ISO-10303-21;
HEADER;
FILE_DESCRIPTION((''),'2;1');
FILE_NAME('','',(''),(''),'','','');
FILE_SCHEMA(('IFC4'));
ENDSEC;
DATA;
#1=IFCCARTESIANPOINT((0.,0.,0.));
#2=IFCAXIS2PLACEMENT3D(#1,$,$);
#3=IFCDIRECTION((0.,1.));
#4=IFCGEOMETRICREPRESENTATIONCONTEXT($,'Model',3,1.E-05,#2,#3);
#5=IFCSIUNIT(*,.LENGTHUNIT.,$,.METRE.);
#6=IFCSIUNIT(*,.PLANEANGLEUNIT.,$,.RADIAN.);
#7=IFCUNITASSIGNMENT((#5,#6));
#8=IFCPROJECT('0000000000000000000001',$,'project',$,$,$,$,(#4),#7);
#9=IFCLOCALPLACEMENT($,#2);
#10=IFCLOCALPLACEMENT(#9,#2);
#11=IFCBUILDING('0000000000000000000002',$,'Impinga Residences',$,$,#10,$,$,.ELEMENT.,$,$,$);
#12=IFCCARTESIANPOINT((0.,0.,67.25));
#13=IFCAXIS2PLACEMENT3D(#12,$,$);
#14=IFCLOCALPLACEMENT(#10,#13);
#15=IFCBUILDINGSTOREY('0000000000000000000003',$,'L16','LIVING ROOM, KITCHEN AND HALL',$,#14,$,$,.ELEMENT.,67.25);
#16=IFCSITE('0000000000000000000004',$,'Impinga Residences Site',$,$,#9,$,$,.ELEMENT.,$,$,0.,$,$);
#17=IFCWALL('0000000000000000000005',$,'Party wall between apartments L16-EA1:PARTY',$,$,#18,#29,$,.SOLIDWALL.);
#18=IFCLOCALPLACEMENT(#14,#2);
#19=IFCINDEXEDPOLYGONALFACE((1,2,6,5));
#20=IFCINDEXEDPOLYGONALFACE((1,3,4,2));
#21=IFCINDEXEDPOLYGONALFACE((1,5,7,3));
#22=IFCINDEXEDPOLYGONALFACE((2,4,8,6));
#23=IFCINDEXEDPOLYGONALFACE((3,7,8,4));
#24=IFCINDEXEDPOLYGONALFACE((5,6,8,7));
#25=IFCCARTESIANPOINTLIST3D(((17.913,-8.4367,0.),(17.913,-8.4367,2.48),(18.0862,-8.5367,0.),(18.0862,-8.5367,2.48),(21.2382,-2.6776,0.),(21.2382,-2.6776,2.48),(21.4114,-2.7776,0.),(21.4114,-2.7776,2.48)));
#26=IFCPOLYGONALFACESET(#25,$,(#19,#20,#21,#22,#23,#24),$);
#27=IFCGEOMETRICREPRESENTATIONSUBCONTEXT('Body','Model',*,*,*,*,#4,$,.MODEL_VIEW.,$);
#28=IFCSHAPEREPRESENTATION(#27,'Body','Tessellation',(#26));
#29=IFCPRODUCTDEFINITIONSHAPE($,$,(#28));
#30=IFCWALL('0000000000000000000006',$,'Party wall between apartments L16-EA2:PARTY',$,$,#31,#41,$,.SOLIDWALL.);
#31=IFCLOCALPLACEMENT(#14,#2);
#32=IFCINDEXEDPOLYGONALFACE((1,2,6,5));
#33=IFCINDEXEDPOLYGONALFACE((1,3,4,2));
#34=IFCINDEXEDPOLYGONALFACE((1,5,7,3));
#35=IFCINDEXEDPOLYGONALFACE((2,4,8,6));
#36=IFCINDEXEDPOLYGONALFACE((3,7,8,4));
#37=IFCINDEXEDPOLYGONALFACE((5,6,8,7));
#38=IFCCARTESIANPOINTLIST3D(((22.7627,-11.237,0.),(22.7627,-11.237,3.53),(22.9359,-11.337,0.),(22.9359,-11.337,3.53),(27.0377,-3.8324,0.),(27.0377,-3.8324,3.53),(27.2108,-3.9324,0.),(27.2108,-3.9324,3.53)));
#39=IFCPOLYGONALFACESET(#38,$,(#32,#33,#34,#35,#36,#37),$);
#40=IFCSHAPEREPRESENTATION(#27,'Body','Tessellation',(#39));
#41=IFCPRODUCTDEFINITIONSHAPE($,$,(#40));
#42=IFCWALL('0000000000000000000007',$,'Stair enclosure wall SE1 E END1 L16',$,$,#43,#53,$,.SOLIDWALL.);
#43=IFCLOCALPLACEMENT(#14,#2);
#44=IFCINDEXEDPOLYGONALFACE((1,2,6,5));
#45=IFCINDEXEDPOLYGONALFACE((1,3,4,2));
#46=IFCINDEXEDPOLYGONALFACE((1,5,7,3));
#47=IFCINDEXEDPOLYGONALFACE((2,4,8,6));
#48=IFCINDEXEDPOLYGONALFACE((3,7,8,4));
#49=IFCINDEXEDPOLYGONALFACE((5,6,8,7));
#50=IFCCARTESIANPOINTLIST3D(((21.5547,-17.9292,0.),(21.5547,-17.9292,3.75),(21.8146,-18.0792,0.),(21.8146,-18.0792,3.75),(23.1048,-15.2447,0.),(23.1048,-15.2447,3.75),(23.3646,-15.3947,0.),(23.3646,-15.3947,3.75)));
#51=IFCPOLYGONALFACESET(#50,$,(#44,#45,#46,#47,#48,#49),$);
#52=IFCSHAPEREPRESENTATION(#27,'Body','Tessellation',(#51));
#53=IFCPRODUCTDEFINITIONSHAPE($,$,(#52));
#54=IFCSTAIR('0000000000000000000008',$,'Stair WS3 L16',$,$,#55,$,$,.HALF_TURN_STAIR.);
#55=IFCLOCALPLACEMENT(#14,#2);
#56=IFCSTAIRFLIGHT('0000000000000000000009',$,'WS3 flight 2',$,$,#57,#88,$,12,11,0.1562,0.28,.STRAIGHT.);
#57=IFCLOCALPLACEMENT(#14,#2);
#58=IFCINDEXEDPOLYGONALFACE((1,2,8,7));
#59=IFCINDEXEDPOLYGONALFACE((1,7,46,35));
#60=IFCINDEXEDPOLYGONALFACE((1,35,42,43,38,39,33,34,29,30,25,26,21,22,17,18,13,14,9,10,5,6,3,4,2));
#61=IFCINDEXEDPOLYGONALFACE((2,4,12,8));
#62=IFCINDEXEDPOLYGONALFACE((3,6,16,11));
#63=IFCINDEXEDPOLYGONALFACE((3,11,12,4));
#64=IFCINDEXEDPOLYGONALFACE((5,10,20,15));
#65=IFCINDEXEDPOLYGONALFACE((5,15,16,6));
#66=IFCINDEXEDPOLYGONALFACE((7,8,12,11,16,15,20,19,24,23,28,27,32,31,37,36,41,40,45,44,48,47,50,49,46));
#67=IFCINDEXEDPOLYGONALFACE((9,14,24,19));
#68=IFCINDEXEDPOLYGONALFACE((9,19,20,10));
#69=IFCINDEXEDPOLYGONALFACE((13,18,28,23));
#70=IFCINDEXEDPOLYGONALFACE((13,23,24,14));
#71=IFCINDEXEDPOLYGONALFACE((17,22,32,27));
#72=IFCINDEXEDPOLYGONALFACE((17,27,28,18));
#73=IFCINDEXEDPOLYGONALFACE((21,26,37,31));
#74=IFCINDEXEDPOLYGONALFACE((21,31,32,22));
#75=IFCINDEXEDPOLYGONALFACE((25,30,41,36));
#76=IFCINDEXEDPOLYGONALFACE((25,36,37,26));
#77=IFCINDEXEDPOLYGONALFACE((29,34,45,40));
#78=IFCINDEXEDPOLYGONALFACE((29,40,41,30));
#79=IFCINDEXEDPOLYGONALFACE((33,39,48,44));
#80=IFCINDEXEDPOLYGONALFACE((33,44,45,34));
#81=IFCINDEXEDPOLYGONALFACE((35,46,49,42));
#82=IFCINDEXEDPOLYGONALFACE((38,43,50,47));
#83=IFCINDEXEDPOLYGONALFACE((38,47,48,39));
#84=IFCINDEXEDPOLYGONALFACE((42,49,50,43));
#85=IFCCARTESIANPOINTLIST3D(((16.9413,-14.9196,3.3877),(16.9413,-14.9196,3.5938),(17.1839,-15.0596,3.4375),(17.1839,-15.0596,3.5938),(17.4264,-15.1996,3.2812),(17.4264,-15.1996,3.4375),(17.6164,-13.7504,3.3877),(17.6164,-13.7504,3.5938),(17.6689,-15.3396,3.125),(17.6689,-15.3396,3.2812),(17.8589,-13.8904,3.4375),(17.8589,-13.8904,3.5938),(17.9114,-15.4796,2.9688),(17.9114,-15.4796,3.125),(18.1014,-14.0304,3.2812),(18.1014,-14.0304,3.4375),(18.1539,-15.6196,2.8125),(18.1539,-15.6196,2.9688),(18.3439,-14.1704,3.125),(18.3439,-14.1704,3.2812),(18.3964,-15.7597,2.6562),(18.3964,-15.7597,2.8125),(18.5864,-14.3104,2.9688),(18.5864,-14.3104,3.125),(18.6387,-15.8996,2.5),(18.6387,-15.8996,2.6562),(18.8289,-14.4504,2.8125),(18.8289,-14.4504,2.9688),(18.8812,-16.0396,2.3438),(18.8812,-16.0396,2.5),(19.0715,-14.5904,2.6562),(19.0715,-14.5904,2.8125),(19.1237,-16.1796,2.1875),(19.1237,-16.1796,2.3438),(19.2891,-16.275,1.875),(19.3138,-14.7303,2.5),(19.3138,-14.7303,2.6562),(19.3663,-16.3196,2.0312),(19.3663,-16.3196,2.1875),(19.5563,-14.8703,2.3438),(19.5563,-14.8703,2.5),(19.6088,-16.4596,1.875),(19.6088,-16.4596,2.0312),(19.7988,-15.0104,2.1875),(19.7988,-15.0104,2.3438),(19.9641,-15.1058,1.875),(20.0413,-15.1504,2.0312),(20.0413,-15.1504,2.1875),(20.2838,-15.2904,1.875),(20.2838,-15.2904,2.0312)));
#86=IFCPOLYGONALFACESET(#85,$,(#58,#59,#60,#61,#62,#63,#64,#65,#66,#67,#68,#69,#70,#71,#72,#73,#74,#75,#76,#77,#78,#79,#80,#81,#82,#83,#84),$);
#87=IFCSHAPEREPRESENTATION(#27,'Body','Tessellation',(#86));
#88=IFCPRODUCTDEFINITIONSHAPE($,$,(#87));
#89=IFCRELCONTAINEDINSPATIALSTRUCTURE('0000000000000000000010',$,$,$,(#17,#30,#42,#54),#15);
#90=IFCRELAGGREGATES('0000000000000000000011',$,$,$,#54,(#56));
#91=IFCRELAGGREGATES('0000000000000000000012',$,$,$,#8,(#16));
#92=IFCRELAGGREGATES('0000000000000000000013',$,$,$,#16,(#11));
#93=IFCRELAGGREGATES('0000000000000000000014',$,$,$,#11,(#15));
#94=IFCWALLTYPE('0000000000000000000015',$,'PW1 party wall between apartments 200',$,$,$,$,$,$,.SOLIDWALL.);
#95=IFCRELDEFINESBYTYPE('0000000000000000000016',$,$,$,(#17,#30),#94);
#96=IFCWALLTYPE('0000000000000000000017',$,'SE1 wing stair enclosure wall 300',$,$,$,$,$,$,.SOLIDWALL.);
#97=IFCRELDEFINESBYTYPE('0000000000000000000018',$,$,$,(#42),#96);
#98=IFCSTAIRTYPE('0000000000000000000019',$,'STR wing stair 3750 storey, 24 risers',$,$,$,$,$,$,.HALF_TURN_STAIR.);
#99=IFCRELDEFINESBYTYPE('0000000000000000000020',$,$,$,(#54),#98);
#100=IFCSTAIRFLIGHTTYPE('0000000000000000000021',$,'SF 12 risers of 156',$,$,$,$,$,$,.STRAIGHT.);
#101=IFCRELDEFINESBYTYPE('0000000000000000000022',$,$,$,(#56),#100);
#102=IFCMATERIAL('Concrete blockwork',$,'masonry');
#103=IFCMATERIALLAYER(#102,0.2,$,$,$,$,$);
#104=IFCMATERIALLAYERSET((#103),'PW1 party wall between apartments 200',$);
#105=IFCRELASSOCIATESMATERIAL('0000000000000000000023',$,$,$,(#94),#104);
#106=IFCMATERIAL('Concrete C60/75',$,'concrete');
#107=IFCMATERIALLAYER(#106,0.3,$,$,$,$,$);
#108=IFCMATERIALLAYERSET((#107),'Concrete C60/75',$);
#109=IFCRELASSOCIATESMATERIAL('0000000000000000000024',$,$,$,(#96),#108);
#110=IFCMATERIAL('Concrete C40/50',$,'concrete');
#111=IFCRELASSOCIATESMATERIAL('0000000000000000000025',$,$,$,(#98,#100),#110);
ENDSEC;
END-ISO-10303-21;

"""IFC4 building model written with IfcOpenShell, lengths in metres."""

from ifc_helpers import new_model, si_unit, direction, frame, frame_2d, origin, place, context, subcontext, project, spatial, polyline, rectangle, outline, extrude, material, layer, layer_set, type_object, element, aggregate, save


model = new_model("IFC4")

# Units and contexts
model_context = context("Model", 3, precision=1e-05, world=origin(), true_north=direction((0.0, 1.0)))
body_context = subcontext(model_context, "Body", "Model", "MODEL_VIEW")
ifc_project = project(units=[si_unit("LENGTHUNIT", "METRE"), si_unit("PLANEANGLEUNIT", "RADIAN")], contexts=[model_context])

# Site, building, storey
site_placement = place(None, origin())
site = spatial("IfcSite", under=ifc_project, at=site_placement, Name="Impinga Residences Site", CompositionType="ELEMENT", RefElevation=0.0)
building_placement = place(site_placement, origin())
building = spatial("IfcBuilding", under=site, at=building_placement, Name="Impinga Residences", CompositionType="ELEMENT")
storey_placement = place(building_placement, frame((0.0, 0.0, 67.25)))
storey = spatial("IfcBuildingStorey", under=building, at=storey_placement, Name="L16", Description="LIVING ROOM, KITCHEN AND HALL", CompositionType="ELEMENT", Elevation=67.25)

# Shared definitions
ifc_material_1 = material(Name="Concrete C60/75", Category="concrete")

# Walls
ifc_material_2 = material(Name="Concrete blockwork", Category="masonry")
ifc_layer_1 = layer(ifc_material_2, 0.2)
ifc_layer_set_1 = layer_set([ifc_layer_1], Name="PW1 party wall between apartments 200")
wall_type_1 = type_object("IfcWallType", Name="PW1 party wall between apartments 200", PredefinedType="SOLIDWALL", material=ifc_layer_set_1)
wall_1_placement = place(storey_placement, frame((17.9995, -8.4868, 0.0), z_axis=(0.0, 0.0, 1.0), x_axis=(0.500024, 0.866011, 0.0)))
element("IfcWall", 1, at=wall_1_placement, inside=storey, type_object=wall_type_1, Name="Party wall between apartments L16-EA1:PARTY", PredefinedType="SOLIDWALL", context=body_context, shape_type="SweptSolid", body=[
    extrude(rectangle(XDim=6.6501, YDim=0.2, at=frame_2d((3.3252, 0.0))), origin(), (0.0, 0.0, 1.0), 2.48),
])
wall_2_placement = place(storey_placement, frame((22.8494, -11.2869, 0.0), z_axis=(0.0, 0.0, 1.0), x_axis=(0.49999, 0.866031, 0.0)))
element("IfcWall", 2, at=wall_2_placement, inside=storey, type_object=wall_type_1, Name="Party wall between apartments L16-EA2:PARTY", PredefinedType="SOLIDWALL", context=body_context, shape_type="SweptSolid", body=[
    extrude(rectangle(XDim=8.55, YDim=0.2, at=frame_2d((4.2749, 0.0))), origin(), (0.0, 0.0, 1.0), 3.53),
])
ifc_layer_2 = layer(ifc_material_1, 0.3)
ifc_layer_set_2 = layer_set([ifc_layer_2], Name="Concrete C60/75")
wall_type_2 = type_object("IfcWallType", Name="SE1 wing stair enclosure wall 300", PredefinedType="SOLIDWALL", material=ifc_layer_set_2)
wall_3_placement = place(storey_placement, frame((23.2346, -15.3198, 0.0), z_axis=(0.0, 0.0, 1.0), x_axis=(-0.500027, -0.86601, 0.0)))
element("IfcWall", 3, at=wall_3_placement, inside=storey, type_object=wall_type_2, Name="Stair enclosure wall SE1 E END1 L16", PredefinedType="SOLIDWALL", context=body_context, shape_type="SweptSolid", body=[
    extrude(rectangle(XDim=3.0999, YDim=0.3, at=frame_2d((1.5498, 0.0))), origin(), (0.0, 0.0, 1.0), 3.75),
])

# Stair, stair flight
ifc_material_3 = material(Name="Concrete C40/50", Category="concrete")
stair_type = type_object("IfcStairType", Name="STR wing stair 3750 storey, 24 risers", PredefinedType="HALF_TURN_STAIR", material=ifc_material_3)
stair_placement = place(storey_placement, origin())
stair = element("IfcStair", 4, at=stair_placement, inside=storey, type_object=stair_type, Name="Stair WS3 L16", PredefinedType="HALF_TURN_STAIR")
stair_flight_type = type_object("IfcStairFlightType", Name="SF 12 risers of 156", PredefinedType="STRAIGHT", material=ifc_material_3)
stair_flight_placement = place(storey_placement, frame((19.9463, -15.875, 1.875), z_axis=(0.0, 0.0, 1.0), x_axis=(-0.866025, 0.5, 0.0)))
stair_flight = element("IfcStairFlight", 5, at=stair_flight_placement, type_object=stair_flight_type, Name="WS3 flight 2", NumberOfRisers=12, NumberOfTreads=11, PredefinedType="STRAIGHT", RiserHeight=0.1562, TreadLength=0.28, context=body_context, shape_type="SweptSolid", body=[
    extrude(outline(polyline([(0.0, 0.0), (0.0, 0.1562), (0.28, 0.1562), (0.28, 0.3125), (0.5601, 0.3125), (0.5601, 0.4688), (0.8401, 0.4688), (0.8401, 0.625), (1.1201, 0.625), (1.1201, 0.7812), (1.3999, 0.7812), (1.3999, 0.9375), (1.6799, 0.9375), (1.6799, 1.0938), (1.96, 1.0938), (1.96, 1.25), (2.24, 1.25), (2.24, 1.4062), (2.52, 1.4062), (2.52, 1.5625), (2.8, 1.5625), (2.8, 1.7188), (3.0801, 1.7188), (3.0801, 1.875), (3.0801, 1.5127), (0.3691, 0.0), (0.0, 0.0)])), frame((0.0, 0.675, 0.0), z_axis=(0.0, -1.0, 0.0), x_axis=(1.0, 0.0, 0.0)), (0.0, 0.0, 1.0), 1.3501),
])
aggregate(stair, [stair_flight])

save(model, "model.ifc")
